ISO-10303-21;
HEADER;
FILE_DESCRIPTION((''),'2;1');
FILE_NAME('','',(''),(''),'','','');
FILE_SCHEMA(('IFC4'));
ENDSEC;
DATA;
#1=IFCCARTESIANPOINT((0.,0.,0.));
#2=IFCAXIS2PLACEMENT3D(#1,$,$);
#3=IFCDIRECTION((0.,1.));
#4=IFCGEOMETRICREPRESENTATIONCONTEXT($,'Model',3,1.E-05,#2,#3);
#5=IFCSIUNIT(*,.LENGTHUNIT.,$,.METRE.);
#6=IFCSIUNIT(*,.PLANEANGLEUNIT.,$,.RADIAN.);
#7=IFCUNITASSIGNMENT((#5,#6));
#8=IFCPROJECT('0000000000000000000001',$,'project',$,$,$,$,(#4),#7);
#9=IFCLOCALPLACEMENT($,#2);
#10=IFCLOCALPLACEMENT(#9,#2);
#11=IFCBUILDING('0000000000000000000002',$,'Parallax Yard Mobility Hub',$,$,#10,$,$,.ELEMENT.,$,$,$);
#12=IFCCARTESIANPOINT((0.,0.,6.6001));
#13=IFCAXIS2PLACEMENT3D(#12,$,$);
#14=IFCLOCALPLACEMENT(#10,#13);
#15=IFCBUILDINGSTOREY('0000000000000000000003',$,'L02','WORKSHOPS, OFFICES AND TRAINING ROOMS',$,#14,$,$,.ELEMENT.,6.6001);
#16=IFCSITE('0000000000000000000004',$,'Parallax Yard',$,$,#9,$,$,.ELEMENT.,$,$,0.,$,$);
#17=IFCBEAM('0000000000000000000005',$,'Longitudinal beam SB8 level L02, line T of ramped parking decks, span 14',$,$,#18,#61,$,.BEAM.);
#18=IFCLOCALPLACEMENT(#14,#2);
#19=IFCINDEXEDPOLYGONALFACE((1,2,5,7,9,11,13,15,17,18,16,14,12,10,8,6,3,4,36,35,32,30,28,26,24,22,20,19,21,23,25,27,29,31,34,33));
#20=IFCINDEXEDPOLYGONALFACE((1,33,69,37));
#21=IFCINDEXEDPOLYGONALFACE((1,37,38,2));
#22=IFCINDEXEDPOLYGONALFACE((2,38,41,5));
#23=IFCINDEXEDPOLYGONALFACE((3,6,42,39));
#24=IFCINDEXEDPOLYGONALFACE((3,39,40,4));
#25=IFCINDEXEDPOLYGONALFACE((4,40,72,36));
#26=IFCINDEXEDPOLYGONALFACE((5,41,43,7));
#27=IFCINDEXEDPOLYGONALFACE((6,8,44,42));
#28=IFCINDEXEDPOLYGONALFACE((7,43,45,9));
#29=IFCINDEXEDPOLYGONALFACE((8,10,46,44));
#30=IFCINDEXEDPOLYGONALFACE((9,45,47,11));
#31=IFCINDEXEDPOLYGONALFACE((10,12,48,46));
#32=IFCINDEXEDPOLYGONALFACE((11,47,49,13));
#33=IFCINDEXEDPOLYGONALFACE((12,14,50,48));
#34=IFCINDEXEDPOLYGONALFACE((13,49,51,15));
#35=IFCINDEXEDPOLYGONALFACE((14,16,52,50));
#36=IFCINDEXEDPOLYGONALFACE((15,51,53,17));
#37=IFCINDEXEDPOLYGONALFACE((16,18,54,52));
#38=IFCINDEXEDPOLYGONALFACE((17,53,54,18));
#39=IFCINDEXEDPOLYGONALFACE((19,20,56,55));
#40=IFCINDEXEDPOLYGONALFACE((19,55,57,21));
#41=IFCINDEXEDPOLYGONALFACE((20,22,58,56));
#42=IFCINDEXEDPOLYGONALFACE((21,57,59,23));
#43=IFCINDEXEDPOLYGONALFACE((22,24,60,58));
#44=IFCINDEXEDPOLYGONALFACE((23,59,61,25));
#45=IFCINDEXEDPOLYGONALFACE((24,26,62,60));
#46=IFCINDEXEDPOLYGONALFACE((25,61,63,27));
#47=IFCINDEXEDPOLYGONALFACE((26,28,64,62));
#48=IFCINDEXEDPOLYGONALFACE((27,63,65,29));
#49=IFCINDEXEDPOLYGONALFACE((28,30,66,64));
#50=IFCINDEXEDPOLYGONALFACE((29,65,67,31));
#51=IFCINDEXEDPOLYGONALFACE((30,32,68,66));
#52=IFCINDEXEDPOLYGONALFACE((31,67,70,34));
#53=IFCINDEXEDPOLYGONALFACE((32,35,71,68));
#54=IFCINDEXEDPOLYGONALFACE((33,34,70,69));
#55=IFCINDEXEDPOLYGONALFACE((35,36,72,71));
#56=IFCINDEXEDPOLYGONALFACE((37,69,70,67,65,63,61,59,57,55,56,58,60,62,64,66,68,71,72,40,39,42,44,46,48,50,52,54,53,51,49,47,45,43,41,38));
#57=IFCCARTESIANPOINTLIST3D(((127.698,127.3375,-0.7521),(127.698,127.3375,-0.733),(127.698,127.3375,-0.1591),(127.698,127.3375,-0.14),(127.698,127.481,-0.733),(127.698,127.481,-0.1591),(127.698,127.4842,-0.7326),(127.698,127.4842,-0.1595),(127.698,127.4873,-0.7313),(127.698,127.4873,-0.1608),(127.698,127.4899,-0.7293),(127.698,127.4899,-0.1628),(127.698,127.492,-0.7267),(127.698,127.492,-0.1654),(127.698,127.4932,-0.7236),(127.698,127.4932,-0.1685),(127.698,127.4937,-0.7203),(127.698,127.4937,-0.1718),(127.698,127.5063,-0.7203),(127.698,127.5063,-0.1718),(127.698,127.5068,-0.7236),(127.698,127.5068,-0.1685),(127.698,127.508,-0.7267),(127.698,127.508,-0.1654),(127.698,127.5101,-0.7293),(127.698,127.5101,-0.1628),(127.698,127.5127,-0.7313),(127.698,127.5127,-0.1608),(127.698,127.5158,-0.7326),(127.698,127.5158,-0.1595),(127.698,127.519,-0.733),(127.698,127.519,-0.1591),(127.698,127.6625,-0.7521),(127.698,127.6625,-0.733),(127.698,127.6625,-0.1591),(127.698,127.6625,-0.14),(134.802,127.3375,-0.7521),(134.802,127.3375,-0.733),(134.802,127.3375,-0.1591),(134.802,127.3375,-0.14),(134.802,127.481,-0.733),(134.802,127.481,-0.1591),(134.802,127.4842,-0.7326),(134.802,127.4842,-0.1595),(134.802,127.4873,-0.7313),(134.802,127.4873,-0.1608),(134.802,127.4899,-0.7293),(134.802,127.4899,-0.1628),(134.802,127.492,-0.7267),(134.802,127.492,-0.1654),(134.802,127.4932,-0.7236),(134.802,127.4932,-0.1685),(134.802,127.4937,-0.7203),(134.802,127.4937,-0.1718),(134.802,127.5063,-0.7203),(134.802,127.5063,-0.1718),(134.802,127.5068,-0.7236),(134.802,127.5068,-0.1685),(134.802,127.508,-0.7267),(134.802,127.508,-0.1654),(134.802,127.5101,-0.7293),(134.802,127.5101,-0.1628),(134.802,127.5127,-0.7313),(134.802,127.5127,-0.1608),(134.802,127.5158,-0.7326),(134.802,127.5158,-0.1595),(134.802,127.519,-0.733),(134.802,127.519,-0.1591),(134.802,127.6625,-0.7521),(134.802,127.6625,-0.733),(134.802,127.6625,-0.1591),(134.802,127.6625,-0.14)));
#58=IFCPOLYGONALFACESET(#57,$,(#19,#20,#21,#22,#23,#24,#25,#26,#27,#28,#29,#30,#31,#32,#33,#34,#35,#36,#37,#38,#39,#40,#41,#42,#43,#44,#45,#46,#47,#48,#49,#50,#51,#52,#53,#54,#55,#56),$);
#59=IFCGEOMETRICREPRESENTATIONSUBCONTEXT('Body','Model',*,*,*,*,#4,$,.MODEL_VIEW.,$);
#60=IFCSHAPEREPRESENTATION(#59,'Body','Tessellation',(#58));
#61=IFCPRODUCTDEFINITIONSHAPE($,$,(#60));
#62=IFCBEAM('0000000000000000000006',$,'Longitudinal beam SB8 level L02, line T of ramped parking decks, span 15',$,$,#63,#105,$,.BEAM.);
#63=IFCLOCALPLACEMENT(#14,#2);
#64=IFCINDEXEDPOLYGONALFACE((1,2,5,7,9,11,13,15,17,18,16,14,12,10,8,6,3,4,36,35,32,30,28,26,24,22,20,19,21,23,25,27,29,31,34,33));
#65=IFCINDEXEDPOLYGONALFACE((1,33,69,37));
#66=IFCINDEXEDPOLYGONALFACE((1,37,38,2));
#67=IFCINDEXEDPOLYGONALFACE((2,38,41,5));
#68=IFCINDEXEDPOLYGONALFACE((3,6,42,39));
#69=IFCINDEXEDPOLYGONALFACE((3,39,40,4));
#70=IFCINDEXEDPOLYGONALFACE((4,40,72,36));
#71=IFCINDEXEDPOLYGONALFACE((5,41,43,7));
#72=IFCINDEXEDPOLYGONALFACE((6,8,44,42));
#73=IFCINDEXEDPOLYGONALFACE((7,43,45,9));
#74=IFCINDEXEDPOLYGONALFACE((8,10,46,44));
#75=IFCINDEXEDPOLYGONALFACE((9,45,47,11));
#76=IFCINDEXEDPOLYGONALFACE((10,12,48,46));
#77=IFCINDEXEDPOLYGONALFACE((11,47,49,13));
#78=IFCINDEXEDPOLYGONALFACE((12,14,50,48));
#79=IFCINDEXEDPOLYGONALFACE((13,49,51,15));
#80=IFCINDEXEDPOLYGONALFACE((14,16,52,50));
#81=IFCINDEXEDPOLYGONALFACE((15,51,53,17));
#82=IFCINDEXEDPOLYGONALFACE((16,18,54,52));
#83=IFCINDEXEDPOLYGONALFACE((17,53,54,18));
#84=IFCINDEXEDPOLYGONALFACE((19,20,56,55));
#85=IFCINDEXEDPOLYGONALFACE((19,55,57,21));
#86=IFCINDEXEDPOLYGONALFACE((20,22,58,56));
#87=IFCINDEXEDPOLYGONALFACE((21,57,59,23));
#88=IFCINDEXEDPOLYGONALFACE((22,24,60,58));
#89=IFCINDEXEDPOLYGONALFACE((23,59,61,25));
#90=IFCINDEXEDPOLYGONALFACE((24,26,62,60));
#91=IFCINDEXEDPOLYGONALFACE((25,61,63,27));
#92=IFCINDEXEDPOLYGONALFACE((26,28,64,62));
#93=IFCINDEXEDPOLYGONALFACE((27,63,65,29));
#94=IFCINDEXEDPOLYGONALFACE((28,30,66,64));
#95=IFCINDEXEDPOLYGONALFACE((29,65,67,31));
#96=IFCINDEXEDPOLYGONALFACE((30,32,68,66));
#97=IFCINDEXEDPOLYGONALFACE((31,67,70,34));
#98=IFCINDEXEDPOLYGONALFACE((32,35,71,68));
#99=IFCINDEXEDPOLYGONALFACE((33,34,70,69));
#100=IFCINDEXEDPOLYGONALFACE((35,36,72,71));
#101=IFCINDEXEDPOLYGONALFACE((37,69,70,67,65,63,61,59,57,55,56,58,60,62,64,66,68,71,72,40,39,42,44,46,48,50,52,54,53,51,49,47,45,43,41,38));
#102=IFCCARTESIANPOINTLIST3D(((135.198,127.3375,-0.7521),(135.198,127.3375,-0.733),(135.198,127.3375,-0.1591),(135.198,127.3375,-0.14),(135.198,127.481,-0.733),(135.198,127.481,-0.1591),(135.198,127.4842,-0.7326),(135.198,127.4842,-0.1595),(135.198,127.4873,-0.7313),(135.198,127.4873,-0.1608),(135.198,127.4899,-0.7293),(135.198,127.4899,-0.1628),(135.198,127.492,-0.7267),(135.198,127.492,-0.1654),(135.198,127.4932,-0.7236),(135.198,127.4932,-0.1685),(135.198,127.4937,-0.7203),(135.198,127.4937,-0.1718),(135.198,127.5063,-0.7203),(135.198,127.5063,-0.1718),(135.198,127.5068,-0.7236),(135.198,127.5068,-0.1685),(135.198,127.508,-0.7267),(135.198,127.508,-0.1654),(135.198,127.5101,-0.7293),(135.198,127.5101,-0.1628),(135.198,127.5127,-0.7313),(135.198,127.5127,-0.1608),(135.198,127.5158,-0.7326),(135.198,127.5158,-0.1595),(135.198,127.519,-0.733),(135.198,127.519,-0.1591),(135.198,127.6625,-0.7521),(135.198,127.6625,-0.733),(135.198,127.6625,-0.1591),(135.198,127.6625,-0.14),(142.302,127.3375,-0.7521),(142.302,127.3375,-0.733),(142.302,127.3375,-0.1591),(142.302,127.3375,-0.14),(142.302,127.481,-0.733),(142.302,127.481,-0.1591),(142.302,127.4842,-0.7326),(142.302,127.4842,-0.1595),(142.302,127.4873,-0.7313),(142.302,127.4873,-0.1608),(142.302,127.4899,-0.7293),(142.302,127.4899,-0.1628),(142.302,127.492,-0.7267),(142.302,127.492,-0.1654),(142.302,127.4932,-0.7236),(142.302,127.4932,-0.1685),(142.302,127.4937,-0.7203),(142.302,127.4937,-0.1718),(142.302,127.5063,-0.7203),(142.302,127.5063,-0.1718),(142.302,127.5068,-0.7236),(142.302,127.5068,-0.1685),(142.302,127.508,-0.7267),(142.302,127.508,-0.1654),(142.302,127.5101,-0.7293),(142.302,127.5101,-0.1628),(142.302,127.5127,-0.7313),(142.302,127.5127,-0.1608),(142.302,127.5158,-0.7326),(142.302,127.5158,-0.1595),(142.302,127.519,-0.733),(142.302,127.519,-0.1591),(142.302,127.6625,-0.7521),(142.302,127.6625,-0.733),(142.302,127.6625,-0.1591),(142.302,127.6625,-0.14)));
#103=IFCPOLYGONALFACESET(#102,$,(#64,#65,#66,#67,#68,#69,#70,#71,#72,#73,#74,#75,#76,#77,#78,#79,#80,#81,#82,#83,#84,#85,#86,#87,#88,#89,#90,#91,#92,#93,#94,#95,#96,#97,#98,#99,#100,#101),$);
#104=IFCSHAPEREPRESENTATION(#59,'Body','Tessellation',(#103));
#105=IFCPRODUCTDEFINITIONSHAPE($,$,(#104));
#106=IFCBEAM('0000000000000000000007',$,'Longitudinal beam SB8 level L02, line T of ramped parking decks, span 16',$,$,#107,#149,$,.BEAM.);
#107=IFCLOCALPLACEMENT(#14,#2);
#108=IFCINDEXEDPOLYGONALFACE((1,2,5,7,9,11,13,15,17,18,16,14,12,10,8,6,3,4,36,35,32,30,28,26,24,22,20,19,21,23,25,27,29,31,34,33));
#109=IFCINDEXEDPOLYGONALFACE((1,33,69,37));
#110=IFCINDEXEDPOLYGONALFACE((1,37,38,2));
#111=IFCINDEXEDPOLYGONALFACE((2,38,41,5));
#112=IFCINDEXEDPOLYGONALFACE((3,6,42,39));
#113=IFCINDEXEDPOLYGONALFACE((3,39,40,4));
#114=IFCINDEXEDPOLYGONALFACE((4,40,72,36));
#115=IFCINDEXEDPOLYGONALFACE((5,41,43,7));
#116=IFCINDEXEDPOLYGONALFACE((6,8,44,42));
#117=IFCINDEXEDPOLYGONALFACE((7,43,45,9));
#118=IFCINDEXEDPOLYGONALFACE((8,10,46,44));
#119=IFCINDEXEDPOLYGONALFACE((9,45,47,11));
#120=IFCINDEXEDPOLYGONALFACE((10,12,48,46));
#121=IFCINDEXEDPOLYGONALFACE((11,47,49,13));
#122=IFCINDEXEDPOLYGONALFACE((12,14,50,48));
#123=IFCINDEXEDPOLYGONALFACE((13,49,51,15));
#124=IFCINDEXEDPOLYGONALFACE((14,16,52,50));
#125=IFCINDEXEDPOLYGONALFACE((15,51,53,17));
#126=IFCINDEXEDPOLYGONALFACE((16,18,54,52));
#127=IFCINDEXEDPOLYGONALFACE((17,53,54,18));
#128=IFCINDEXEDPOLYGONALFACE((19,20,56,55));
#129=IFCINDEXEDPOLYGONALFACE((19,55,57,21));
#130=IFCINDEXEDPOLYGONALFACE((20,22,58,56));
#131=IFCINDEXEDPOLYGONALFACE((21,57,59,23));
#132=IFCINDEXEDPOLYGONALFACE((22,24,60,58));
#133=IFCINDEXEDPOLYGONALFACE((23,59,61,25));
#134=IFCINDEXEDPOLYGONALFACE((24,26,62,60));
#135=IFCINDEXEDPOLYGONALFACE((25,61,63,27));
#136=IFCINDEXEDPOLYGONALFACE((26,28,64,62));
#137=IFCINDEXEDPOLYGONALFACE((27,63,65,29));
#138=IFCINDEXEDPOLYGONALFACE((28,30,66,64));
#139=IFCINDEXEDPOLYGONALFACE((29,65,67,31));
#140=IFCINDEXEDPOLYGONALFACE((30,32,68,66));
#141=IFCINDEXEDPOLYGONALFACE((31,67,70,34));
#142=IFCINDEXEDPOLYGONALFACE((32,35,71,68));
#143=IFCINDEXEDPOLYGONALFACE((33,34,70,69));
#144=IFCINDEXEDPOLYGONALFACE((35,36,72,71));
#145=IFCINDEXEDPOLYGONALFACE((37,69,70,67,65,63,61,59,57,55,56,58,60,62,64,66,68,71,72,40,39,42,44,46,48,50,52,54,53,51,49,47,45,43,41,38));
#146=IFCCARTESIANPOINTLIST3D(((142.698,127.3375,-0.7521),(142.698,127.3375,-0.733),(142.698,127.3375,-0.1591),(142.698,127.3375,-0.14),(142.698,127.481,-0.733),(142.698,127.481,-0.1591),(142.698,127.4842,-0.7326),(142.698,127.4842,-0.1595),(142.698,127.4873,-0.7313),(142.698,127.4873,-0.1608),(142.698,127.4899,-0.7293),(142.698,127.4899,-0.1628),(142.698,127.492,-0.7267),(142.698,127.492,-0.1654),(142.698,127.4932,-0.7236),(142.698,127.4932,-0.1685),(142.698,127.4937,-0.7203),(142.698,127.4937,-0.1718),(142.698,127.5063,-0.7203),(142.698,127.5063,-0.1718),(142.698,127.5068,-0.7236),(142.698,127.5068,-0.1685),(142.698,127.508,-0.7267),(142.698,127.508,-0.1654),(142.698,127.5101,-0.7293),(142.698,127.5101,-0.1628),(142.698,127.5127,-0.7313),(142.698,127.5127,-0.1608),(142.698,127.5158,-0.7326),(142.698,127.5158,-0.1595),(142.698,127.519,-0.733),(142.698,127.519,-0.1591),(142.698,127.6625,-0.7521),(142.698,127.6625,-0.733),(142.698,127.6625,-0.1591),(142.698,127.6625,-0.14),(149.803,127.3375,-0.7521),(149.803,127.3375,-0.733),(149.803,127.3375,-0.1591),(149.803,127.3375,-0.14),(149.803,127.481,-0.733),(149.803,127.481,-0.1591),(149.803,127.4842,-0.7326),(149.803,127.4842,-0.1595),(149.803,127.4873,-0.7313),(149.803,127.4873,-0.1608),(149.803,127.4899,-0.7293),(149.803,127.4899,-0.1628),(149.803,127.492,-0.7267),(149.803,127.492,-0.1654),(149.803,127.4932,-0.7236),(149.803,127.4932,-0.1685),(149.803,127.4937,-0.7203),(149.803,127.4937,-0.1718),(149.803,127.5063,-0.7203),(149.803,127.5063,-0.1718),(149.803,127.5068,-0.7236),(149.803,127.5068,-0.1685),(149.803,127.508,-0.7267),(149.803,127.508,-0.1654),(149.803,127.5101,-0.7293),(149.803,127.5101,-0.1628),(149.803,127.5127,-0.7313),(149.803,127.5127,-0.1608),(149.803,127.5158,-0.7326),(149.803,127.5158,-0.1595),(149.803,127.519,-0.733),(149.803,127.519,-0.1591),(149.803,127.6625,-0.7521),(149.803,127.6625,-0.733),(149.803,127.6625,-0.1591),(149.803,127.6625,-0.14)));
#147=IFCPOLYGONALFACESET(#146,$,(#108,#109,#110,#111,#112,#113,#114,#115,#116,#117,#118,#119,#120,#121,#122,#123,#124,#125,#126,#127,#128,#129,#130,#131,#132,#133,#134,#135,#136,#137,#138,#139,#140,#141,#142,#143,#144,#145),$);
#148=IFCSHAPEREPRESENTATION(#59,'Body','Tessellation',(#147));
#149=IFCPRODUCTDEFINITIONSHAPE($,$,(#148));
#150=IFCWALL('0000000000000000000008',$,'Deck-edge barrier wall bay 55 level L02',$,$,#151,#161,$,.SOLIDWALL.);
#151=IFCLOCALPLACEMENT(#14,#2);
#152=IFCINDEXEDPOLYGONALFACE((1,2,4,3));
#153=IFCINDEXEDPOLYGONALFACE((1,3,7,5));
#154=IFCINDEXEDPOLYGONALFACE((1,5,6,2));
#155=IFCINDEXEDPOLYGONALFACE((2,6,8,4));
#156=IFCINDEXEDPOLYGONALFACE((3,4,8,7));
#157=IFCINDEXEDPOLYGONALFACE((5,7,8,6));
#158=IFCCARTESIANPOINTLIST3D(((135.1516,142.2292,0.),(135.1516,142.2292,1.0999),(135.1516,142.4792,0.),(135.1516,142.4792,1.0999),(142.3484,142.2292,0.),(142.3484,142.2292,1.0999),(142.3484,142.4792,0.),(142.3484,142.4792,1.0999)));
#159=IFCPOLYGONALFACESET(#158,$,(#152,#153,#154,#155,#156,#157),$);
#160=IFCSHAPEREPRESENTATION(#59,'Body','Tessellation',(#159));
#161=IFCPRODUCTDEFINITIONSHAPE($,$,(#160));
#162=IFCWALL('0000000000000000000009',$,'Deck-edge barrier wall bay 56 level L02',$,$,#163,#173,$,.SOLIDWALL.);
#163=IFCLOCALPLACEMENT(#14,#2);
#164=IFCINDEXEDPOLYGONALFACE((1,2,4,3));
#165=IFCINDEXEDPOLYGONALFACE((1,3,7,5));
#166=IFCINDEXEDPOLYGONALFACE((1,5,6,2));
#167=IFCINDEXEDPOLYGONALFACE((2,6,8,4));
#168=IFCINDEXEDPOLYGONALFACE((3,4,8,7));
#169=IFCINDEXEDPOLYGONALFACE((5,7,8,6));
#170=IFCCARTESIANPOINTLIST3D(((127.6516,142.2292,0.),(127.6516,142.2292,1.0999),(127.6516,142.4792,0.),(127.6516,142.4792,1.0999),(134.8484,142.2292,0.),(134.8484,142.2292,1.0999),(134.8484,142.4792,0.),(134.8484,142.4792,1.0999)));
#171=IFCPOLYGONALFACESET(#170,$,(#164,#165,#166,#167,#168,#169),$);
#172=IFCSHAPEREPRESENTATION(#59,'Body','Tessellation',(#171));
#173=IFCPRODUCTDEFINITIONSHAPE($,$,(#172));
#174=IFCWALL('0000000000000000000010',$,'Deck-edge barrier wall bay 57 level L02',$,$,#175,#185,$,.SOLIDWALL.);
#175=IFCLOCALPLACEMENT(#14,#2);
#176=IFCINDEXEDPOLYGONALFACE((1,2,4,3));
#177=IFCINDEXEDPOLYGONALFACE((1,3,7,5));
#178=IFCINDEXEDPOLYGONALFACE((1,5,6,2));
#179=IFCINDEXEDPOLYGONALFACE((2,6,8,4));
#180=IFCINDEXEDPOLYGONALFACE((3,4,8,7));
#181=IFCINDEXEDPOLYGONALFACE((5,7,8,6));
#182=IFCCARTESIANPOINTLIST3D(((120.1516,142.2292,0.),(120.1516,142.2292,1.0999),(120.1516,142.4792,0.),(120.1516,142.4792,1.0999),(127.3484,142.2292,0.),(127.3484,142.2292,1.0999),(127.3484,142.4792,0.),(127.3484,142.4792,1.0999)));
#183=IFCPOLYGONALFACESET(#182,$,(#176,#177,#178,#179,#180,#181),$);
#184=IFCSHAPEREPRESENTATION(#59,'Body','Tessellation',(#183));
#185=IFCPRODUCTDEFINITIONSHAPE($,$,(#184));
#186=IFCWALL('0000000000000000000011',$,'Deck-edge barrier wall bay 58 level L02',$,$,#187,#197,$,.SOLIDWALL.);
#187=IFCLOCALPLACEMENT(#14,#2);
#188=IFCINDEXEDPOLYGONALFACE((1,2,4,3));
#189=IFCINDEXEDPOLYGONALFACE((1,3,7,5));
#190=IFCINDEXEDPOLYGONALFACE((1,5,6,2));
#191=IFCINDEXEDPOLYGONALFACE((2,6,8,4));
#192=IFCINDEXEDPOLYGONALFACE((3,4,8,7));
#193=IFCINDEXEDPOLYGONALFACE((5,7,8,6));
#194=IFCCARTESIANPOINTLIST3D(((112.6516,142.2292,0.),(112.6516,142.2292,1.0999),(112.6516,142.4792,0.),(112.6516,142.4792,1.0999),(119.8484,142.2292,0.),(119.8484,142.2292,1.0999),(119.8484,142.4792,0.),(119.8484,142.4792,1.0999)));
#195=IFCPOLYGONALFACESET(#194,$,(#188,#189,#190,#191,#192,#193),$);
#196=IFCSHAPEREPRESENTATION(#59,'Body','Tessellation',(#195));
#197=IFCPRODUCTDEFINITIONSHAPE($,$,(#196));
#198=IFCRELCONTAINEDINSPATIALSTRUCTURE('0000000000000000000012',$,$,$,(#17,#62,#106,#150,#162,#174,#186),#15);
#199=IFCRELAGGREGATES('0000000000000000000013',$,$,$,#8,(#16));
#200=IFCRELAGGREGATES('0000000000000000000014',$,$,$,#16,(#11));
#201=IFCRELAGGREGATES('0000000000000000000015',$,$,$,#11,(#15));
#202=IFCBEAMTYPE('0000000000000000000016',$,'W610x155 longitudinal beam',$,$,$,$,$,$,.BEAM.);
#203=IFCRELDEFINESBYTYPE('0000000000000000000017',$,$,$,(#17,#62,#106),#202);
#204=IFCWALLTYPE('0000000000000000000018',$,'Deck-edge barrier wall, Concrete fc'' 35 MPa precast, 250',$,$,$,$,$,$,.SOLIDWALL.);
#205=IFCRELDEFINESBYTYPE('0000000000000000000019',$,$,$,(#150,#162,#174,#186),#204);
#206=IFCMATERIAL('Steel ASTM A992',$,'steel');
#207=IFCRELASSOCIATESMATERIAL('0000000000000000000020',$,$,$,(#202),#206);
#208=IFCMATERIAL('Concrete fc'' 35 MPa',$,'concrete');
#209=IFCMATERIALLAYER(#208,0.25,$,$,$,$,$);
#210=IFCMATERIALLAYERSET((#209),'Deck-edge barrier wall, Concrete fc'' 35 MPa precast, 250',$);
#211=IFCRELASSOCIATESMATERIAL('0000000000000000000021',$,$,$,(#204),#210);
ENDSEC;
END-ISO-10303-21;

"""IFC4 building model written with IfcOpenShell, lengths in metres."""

from ifc_helpers import new_model, si_unit, direction, frame, frame_2d, origin, origin_2d, place, context, subcontext, project, spatial, rectangle, i_section, extrude, material, layer, layer_set, material_profile, profile_set, type_object, element, save


model = new_model("IFC4")

# Units and contexts
model_context = context("Model", 3, precision=1e-05, world=origin(), true_north=direction((0.0, 1.0)))
body_context = subcontext(model_context, "Body", "Model", "MODEL_VIEW")
ifc_project = project(units=[si_unit("LENGTHUNIT", "METRE"), si_unit("PLANEANGLEUNIT", "RADIAN")], contexts=[model_context])

# Site, building, storey
site_placement = place(None, origin())
site = spatial("IfcSite", under=ifc_project, at=site_placement, Name="Parallax Yard", CompositionType="ELEMENT", RefElevation=0.0)
building_placement = place(site_placement, origin())
building = spatial("IfcBuilding", under=site, at=building_placement, Name="Parallax Yard Mobility Hub", CompositionType="ELEMENT")
storey_placement = place(building_placement, frame((0.0, 0.0, 6.6001)))
storey = spatial("IfcBuildingStorey", under=building, at=storey_placement, Name="L02", Description="WORKSHOPS, OFFICES AND TRAINING ROOMS", CompositionType="ELEMENT", Elevation=6.6001)

# Shared definitions
ifc_material_1 = material(Name="Steel ASTM A992", Category="steel")

# Beams
ifc_material_profile_1 = material_profile(ifc_material_1, i_section(OverallWidth=0.325, OverallDepth=0.6121, WebThickness=0.0127, FlangeThickness=0.019, FilletRadius=0.0127, at=origin_2d()), Name="W610x155")
ifc_profile_set_1 = profile_set([ifc_material_profile_1], Name="Steel ASTM A992")
beam_type_1 = type_object("IfcBeamType", Name="W610x155 longitudinal beam", PredefinedType="BEAM", material=ifc_profile_set_1)
for number, where, z_axis, x_axis, name in (
    (1, (127.698, 127.5, -0.446), (1.0, 0.0, 0.0), (0.0, 1.0, 0.0), "Longitudinal beam SB8 level L02, line T of ramped parking decks, span 14"),
    (2, (135.198, 127.5, -0.446), (1.0, 0.0, 0.0), (0.0, 1.0, 0.0), "Longitudinal beam SB8 level L02, line T of ramped parking decks, span 15"),
):
    element("IfcBeam", number, at=place(storey_placement, frame(where, z_axis=z_axis, x_axis=x_axis)), inside=storey, type_object=beam_type_1, Name=name, PredefinedType="BEAM", context=body_context, shape_type="SweptSolid", body=[
        extrude(i_section(OverallWidth=0.325, OverallDepth=0.6121, WebThickness=0.0127, FlangeThickness=0.019, FilletRadius=0.0127, at=origin_2d()), origin(), (0.0, 0.0, 1.0), 7.104),
    ])
beam_1_placement = place(storey_placement, frame((142.698, 127.5, -0.446), z_axis=(1.0, 0.0, 0.0), x_axis=(0.0, 1.0, 0.0)))
element("IfcBeam", 3, at=beam_1_placement, inside=storey, type_object=beam_type_1, Name="Longitudinal beam SB8 level L02, line T of ramped parking decks, span 16", PredefinedType="BEAM", context=body_context, shape_type="SweptSolid", body=[
    extrude(i_section(OverallWidth=0.325, OverallDepth=0.6121, WebThickness=0.0127, FlangeThickness=0.019, FilletRadius=0.0127, at=origin_2d()), origin(), (0.0, 0.0, 1.0), 7.105),
])

# Walls
ifc_material_2 = material(Name="Concrete fc' 35 MPa", Category="concrete")
ifc_layer = layer(ifc_material_2, 0.25)
ifc_layer_set = layer_set([ifc_layer], Name="Deck-edge barrier wall, Concrete fc' 35 MPa precast, 250")
wall_type = type_object("IfcWallType", Name="Deck-edge barrier wall, Concrete fc' 35 MPa precast, 250", PredefinedType="SOLIDWALL", material=ifc_layer_set)
for number, where, z_axis, x_axis, name in (
    (4, (142.3484, 142.3542, 0.0), (0.0, 0.0, 1.0), (-1.0, 0.0, 0.0), "Deck-edge barrier wall bay 55 level L02"),
    (5, (134.8484, 142.3542, 0.0), (0.0, 0.0, 1.0), (-1.0, 0.0, 0.0), "Deck-edge barrier wall bay 56 level L02"),
    (6, (127.3484, 142.3542, 0.0), (0.0, 0.0, 1.0), (-1.0, 0.0, 0.0), "Deck-edge barrier wall bay 57 level L02"),
    (7, (119.8484, 142.3542, 0.0), (0.0, 0.0, 1.0), (-1.0, 0.0, 0.0), "Deck-edge barrier wall bay 58 level L02"),
):
    element("IfcWall", number, at=place(storey_placement, frame(where, z_axis=z_axis, x_axis=x_axis)), inside=storey, type_object=wall_type, Name=name, PredefinedType="SOLIDWALL", context=body_context, shape_type="SweptSolid", body=[
        extrude(rectangle(XDim=7.1968, YDim=0.25, at=frame_2d((3.5984, 0.0))), origin(), (0.0, 0.0, 1.0), 1.0999),
    ])

save(model, "model.ifc")
